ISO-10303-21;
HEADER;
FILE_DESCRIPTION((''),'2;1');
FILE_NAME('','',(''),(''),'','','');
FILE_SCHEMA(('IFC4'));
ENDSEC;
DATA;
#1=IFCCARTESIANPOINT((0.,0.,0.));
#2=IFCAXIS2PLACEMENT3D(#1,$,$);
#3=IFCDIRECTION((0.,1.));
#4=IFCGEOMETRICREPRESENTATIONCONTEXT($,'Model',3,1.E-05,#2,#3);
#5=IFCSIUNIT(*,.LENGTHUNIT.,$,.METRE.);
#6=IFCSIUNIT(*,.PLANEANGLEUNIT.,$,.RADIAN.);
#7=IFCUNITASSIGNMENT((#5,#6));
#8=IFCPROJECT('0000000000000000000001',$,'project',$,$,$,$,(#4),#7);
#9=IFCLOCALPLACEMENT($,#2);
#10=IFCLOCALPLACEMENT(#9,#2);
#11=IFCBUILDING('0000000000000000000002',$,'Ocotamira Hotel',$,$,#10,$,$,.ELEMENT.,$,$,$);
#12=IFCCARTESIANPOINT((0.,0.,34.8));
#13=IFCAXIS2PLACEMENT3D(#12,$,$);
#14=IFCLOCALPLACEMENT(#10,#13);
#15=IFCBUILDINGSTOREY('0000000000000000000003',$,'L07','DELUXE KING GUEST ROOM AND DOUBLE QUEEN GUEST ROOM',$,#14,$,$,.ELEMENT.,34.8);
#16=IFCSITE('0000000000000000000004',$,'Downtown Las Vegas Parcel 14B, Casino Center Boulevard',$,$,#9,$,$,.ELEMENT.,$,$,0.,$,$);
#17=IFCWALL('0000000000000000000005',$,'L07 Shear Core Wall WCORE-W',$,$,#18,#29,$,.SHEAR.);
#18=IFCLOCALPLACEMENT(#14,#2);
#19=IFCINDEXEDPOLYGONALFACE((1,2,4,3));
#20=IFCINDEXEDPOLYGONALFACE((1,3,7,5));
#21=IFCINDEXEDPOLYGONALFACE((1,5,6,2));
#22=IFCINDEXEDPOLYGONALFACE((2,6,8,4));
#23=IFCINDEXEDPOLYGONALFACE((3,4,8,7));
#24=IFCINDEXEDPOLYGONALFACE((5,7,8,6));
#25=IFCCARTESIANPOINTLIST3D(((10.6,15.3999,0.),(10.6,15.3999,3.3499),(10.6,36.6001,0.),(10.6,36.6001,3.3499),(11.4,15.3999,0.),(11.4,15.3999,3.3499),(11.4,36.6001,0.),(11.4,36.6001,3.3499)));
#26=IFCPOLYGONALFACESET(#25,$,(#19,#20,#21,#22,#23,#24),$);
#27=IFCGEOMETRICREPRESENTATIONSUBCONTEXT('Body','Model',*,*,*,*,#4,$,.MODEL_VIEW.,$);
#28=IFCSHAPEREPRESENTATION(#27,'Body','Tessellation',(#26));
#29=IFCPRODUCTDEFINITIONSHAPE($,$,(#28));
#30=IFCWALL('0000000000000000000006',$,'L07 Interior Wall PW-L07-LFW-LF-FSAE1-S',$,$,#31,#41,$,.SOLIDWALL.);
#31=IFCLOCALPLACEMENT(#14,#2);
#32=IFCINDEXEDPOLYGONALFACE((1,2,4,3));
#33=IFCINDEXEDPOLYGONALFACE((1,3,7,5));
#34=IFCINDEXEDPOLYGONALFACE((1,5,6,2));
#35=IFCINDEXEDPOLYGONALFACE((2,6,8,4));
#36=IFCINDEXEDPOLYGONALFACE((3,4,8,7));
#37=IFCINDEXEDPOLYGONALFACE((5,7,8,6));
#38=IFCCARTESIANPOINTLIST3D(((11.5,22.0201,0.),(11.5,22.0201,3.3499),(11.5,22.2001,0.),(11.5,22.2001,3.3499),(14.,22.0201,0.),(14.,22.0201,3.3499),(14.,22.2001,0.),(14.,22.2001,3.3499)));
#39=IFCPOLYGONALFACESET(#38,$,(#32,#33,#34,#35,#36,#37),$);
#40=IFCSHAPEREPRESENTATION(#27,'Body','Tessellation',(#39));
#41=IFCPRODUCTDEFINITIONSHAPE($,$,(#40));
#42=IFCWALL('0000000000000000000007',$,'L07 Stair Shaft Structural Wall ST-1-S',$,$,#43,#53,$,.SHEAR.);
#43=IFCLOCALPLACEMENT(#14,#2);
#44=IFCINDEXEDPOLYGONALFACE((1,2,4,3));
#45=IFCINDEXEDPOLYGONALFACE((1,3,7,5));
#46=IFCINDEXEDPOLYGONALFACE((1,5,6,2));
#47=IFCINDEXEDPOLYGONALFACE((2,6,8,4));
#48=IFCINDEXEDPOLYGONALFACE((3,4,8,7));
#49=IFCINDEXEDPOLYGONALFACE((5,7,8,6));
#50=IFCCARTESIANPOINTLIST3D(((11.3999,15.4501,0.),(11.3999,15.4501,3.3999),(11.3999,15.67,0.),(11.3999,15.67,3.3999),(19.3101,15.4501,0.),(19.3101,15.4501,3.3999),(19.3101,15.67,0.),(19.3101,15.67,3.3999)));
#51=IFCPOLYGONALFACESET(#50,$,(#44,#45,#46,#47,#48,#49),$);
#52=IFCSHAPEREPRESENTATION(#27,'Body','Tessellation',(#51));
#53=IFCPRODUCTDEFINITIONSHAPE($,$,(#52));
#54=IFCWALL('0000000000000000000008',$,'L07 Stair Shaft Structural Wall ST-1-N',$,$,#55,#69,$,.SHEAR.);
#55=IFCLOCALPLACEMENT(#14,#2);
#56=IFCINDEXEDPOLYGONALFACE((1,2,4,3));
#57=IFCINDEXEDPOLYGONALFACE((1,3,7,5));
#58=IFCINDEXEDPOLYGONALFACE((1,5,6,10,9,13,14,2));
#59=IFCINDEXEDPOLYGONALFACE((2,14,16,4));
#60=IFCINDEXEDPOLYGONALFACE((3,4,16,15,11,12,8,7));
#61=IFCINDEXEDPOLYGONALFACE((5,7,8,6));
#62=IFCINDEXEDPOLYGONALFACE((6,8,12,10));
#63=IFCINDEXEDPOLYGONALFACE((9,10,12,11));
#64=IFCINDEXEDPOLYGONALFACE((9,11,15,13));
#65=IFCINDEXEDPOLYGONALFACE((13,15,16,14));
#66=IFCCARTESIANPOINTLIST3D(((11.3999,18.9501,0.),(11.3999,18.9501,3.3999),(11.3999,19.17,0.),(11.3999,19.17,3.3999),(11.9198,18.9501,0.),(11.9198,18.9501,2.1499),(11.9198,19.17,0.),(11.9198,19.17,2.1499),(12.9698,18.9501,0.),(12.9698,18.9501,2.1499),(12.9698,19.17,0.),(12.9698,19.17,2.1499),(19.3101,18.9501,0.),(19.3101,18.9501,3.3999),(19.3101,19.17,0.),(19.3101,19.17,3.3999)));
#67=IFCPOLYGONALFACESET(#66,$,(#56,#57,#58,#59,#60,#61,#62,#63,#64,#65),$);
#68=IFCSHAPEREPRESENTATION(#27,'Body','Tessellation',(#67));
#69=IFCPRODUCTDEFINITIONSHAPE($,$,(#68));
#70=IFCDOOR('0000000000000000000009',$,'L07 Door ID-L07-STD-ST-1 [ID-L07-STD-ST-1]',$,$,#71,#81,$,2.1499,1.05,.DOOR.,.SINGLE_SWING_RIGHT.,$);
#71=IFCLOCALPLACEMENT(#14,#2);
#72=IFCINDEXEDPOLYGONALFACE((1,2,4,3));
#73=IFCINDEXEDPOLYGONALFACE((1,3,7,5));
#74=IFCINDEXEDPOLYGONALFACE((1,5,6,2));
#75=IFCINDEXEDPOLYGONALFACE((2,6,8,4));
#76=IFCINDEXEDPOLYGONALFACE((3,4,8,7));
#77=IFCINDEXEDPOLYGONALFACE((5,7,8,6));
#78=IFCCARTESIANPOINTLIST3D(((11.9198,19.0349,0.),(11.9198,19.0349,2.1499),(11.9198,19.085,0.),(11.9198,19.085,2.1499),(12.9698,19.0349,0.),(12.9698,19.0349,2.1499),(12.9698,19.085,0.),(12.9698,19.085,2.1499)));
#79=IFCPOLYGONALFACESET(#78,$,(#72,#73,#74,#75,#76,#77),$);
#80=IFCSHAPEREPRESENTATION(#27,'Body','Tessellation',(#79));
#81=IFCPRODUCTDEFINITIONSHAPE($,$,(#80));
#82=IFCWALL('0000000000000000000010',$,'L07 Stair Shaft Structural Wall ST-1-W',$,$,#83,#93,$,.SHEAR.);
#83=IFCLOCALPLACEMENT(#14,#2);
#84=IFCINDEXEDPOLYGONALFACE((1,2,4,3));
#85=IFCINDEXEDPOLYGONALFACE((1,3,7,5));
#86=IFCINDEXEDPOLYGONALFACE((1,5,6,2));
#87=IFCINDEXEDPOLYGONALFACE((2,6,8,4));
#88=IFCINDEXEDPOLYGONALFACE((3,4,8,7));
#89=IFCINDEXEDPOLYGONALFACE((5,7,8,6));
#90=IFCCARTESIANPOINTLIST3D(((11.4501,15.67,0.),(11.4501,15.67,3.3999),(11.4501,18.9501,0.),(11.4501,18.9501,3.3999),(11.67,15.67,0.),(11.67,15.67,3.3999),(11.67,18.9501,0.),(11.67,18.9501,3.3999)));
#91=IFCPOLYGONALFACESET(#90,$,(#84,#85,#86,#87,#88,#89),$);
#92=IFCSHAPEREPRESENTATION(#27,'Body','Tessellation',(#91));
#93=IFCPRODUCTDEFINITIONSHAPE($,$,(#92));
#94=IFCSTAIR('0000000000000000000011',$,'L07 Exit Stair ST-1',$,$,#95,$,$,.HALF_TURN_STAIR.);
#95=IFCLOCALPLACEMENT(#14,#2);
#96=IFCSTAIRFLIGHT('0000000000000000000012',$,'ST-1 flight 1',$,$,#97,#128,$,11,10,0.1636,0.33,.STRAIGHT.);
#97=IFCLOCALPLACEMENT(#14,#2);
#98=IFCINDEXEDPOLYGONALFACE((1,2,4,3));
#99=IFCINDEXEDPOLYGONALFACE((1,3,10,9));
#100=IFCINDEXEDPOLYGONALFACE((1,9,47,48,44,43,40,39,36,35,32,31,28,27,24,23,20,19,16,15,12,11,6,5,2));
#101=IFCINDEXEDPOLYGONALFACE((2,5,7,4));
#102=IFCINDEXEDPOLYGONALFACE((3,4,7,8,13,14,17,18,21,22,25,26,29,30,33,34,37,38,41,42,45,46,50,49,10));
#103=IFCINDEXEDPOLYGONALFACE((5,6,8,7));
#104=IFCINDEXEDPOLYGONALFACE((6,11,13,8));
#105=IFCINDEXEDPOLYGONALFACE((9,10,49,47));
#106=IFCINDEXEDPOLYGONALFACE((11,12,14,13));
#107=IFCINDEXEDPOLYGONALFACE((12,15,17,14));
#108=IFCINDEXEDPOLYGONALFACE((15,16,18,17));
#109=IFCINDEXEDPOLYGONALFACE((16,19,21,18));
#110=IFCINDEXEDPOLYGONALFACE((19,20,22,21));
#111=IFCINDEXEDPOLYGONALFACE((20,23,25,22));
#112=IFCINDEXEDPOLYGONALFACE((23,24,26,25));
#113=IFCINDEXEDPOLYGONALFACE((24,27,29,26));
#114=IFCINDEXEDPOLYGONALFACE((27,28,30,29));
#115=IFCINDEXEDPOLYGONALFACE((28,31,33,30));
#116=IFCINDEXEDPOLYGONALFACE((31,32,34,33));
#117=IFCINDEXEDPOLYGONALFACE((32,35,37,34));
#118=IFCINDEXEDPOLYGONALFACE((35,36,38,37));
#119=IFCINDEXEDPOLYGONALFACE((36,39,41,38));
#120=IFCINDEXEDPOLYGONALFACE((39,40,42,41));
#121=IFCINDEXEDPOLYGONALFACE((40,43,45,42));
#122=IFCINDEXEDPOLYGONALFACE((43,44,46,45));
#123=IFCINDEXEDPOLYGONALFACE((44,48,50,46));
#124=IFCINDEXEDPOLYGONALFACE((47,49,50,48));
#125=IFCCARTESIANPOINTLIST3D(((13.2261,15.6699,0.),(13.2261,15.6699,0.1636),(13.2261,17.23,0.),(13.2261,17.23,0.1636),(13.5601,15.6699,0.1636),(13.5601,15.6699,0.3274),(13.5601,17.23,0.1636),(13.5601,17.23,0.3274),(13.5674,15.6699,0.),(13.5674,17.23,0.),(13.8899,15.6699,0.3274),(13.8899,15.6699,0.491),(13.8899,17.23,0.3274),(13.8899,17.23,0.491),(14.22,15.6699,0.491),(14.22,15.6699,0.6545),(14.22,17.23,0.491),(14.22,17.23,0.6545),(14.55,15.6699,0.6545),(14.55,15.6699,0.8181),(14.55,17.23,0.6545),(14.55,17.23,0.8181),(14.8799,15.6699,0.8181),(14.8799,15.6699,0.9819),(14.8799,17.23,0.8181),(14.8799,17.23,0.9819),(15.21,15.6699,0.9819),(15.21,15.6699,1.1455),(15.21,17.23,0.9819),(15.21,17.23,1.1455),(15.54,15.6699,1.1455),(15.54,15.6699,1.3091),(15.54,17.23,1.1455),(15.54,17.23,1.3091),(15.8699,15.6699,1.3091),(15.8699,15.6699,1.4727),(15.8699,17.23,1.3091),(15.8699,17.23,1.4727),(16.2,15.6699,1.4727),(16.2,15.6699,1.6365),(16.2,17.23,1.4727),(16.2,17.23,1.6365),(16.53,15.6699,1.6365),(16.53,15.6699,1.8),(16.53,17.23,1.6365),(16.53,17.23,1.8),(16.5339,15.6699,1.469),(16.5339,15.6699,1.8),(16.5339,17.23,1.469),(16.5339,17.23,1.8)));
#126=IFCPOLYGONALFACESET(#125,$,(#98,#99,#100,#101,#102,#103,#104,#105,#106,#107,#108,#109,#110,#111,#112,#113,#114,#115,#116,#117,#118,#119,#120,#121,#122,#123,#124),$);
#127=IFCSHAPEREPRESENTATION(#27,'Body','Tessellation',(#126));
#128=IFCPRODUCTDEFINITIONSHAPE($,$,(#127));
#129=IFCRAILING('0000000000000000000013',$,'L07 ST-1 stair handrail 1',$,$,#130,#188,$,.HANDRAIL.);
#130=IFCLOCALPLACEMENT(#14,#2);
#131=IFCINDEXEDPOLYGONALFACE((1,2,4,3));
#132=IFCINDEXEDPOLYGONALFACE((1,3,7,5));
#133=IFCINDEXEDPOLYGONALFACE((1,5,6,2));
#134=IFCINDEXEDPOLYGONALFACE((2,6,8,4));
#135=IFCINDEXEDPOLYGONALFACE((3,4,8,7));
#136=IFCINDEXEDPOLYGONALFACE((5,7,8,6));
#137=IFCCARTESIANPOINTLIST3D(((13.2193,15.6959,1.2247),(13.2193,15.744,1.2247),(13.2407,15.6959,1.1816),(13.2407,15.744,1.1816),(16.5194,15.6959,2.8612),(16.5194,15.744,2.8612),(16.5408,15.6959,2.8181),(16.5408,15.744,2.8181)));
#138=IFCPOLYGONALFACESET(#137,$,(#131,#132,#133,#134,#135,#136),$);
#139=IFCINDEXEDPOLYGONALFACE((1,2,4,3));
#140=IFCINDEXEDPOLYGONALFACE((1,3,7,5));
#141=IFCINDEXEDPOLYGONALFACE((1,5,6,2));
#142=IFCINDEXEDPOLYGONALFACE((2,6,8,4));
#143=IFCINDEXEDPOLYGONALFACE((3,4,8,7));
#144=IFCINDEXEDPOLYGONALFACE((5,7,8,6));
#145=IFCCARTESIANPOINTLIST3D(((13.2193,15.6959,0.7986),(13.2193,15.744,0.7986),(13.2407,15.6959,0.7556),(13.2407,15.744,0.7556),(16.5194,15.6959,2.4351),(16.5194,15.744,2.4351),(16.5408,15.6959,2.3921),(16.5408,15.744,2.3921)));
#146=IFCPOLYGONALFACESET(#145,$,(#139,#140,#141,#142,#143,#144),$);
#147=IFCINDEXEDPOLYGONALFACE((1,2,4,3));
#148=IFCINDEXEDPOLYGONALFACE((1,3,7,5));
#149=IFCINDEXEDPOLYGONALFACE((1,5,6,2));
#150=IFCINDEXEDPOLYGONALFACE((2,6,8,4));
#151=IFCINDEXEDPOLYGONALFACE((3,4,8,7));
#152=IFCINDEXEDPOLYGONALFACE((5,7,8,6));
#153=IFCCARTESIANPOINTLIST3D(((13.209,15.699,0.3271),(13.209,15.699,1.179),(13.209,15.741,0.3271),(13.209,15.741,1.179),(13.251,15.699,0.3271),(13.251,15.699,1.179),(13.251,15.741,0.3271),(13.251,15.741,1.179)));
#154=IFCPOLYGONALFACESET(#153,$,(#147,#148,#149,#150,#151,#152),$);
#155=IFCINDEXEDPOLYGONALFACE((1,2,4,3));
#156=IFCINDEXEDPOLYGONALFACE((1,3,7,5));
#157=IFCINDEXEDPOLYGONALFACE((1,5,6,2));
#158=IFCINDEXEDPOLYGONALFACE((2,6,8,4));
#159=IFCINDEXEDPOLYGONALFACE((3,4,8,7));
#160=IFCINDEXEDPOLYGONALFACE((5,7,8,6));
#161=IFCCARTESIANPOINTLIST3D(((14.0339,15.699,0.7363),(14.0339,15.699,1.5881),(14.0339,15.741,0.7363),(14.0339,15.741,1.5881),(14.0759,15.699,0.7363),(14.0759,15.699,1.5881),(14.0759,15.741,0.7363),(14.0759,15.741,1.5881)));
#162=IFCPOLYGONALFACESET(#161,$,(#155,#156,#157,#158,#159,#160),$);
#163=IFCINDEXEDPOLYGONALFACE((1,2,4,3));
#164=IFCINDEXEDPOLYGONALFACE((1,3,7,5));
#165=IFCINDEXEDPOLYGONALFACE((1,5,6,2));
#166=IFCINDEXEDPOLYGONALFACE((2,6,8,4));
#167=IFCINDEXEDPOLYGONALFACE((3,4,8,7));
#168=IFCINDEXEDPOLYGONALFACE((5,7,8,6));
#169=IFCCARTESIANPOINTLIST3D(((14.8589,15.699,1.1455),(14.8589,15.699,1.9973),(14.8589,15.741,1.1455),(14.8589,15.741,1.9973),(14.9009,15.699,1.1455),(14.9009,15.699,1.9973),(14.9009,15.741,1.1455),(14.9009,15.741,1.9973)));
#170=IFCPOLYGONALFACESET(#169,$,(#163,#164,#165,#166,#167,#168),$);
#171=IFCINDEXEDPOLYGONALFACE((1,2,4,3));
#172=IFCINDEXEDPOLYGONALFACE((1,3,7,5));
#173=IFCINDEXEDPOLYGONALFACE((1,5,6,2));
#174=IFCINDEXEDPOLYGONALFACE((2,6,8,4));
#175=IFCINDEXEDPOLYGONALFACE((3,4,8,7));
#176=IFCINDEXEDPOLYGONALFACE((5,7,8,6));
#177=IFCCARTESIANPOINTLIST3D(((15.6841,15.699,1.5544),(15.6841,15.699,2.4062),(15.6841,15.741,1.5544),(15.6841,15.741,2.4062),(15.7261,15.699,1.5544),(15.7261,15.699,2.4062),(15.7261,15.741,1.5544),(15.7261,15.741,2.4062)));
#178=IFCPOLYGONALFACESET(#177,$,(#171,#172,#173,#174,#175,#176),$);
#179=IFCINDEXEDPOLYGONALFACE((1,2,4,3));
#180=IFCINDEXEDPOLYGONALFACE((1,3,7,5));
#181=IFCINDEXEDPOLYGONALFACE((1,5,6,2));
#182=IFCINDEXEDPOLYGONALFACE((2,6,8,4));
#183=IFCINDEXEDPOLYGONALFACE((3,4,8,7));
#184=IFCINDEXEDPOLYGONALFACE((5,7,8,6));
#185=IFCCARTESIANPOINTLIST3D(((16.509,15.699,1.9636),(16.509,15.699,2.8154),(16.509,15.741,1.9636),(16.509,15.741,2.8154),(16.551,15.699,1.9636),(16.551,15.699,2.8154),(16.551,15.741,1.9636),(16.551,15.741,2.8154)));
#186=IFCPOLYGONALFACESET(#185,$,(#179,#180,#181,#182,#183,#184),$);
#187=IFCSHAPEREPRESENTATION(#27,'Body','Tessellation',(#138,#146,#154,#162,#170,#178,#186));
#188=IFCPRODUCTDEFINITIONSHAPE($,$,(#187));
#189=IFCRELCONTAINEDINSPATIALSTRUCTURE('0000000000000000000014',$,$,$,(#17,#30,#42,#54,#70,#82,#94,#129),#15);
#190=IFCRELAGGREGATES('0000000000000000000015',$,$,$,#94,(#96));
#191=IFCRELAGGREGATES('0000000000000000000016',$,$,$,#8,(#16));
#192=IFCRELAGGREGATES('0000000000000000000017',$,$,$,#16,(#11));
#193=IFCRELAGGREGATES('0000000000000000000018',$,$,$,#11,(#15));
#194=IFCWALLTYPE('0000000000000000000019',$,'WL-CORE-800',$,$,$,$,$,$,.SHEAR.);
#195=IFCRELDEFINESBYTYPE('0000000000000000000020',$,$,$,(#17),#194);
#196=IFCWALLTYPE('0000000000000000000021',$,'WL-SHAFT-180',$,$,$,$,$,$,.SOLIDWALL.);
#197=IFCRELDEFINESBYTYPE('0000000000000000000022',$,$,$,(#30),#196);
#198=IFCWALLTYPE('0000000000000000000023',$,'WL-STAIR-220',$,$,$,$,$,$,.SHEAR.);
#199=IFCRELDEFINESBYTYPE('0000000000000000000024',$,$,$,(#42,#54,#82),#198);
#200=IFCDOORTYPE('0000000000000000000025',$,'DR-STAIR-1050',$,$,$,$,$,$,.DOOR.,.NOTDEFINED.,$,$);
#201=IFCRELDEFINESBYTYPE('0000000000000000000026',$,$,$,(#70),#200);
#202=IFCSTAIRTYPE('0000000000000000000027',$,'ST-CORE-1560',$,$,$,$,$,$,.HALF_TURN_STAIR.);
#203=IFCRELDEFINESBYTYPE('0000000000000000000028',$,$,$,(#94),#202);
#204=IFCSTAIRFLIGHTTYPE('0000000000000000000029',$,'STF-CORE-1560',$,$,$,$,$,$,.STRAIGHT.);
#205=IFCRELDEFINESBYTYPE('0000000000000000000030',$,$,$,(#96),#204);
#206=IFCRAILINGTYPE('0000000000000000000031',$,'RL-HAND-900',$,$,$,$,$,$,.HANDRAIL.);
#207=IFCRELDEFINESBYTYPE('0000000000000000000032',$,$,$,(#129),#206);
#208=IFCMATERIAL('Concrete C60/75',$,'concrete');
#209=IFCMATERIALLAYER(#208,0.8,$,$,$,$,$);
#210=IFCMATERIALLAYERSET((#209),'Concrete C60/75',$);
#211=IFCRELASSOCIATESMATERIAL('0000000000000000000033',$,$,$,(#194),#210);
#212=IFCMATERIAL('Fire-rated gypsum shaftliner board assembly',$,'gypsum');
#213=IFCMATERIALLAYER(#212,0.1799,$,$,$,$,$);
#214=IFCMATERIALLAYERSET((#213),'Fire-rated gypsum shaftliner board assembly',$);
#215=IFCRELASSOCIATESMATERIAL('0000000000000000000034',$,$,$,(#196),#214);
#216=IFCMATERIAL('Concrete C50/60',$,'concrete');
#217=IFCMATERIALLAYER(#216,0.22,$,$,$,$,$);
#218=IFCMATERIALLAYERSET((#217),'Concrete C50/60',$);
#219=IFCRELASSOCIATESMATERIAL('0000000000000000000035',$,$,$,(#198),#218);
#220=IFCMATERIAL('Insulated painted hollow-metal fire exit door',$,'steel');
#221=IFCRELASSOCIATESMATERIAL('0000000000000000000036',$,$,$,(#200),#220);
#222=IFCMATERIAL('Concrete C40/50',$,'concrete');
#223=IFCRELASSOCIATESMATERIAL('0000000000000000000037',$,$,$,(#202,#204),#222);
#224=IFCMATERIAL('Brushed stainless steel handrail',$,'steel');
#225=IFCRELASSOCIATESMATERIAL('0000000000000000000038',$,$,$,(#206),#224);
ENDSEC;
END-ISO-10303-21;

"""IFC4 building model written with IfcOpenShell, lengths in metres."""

from ifc_helpers import new_model, si_unit, direction, frame, frame_2d, origin, origin_2d, place, context, subcontext, project, spatial, polyline, rectangle, outline, extrude, source, transform, mapped, material, layer, layer_set, type_object, element, fill, aggregate, save


model = new_model("IFC4")

# Units and contexts
model_context = context("Model", 3, precision=1e-05, world=origin(), true_north=direction((0.0, 1.0)))
body_context = subcontext(model_context, "Body", "Model", "MODEL_VIEW")
ifc_project = project(units=[si_unit("LENGTHUNIT", "METRE"), si_unit("PLANEANGLEUNIT", "RADIAN")], contexts=[model_context])

# Site, building, storey
site_placement = place(None, origin())
site = spatial("IfcSite", under=ifc_project, at=site_placement, Name="Downtown Las Vegas Parcel 14B, Casino Center Boulevard", CompositionType="ELEMENT", RefElevation=0.0)
building_placement = place(site_placement, origin())
building = spatial("IfcBuilding", under=site, at=building_placement, Name="Ocotamira Hotel", CompositionType="ELEMENT")
storey_placement = place(building_placement, frame((0.0, 0.0, 34.8)))
storey = spatial("IfcBuildingStorey", under=building, at=storey_placement, Name="L07", Description="DELUXE KING GUEST ROOM AND DOUBLE QUEEN GUEST ROOM", CompositionType="ELEMENT", Elevation=34.8)

# Shared definitions
ifc_material_1 = material(Name="Concrete C60/75", Category="concrete")

# Shared definitions
ifc_layer_1 = layer(ifc_material_1, 0.8)
ifc_layer_set_1 = layer_set([ifc_layer_1], Name="Concrete C60/75")
wall_type_1 = type_object("IfcWallType", Name="WL-CORE-800", PredefinedType="SHEAR", material=ifc_layer_set_1)

# Walls
wall_1_placement = place(storey_placement, frame((11.0, 15.3999, 0.0), z_axis=(0.0, 0.0, 1.0), x_axis=(0.0, 1.0, 0.0)))
element("IfcWall", 1, at=wall_1_placement, inside=storey, type_object=wall_type_1, Name="L07 Shear Core Wall WCORE-W", PredefinedType="SHEAR", context=body_context, shape_type="SweptSolid", body=[
    extrude(rectangle(XDim=21.2002, YDim=0.8, at=frame_2d((10.6001, 0.0))), origin(), (0.0, 0.0, 1.0), 3.3499),
])
ifc_material_2 = material(Name="Fire-rated gypsum shaftliner board assembly", Category="gypsum")
ifc_layer_2 = layer(ifc_material_2, 0.1799)
ifc_layer_set_2 = layer_set([ifc_layer_2], Name="Fire-rated gypsum shaftliner board assembly")
wall_type_2 = type_object("IfcWallType", Name="WL-SHAFT-180", PredefinedType="SOLIDWALL", material=ifc_layer_set_2)
wall_2_placement = place(storey_placement, frame((11.5, 22.1101, 0.0), z_axis=(0.0, 0.0, 1.0), x_axis=(1.0, 0.0, 0.0)))
element("IfcWall", 2, at=wall_2_placement, inside=storey, type_object=wall_type_2, Name="L07 Interior Wall PW-L07-LFW-LF-FSAE1-S", PredefinedType="SOLIDWALL", context=body_context, shape_type="SweptSolid", body=[
    extrude(rectangle(XDim=2.5, YDim=0.1799, at=frame_2d((1.25, 0.0))), origin(), (0.0, 0.0, 1.0), 3.3499),
])
ifc_material_3 = material(Name="Concrete C50/60", Category="concrete")
ifc_layer_3 = layer(ifc_material_3, 0.22)
ifc_layer_set_3 = layer_set([ifc_layer_3], Name="Concrete C50/60")
wall_type_3 = type_object("IfcWallType", Name="WL-STAIR-220", PredefinedType="SHEAR", material=ifc_layer_set_3)
wall_3_placement = place(storey_placement, frame((11.3999, 15.5601, 0.0), z_axis=(0.0, 0.0, 1.0), x_axis=(1.0, 0.0, 0.0)))
element("IfcWall", 3, at=wall_3_placement, inside=storey, type_object=wall_type_3, Name="L07 Stair Shaft Structural Wall ST-1-S", PredefinedType="SHEAR", context=body_context, shape_type="SweptSolid", body=[
    extrude(rectangle(XDim=7.9102, YDim=0.22, at=frame_2d((3.9551, 0.0))), origin(), (0.0, 0.0, 1.0), 3.3999),
])

# Wall, opening, door
wall_4_placement = place(storey_placement, frame((11.3999, 19.0601, 0.0), z_axis=(0.0, 0.0, 1.0), x_axis=(1.0, 0.0, 0.0)))
wall_4 = element("IfcWall", 4, at=wall_4_placement, inside=storey, type_object=wall_type_3, Name="L07 Stair Shaft Structural Wall ST-1-N", PredefinedType="SHEAR", context=body_context, shape_type="SweptSolid", body=[
    extrude(rectangle(XDim=7.9102, YDim=0.22, at=frame_2d((3.9551, 0.0))), origin(), (0.0, 0.0, 1.0), 3.3999),
])
opening_1_placement = place(wall_4_placement, frame((0.52, 0.0, 0.0)))
opening_1 = element("IfcOpeningElement", 5, at=opening_1_placement, cuts=wall_4, PredefinedType="OPENING", context=body_context, shape_type="SweptSolid", body=[
    extrude(rectangle(XDim=1.05, YDim=2.1499, at=frame_2d((0.5249, 1.075))), frame((0.0, 0.1201, 0.0), z_axis=(0.0, -1.0, 0.0), x_axis=(1.0, 0.0, 0.0)), (0.0, 0.0, 1.0), 0.24),
])
ifc_material_4 = material(Name="Insulated painted hollow-metal fire exit door", Category="steel")
door_type_1 = type_object("IfcDoorType", Name="DR-STAIR-1050", OperationType="NOTDEFINED", PredefinedType="DOOR", material=ifc_material_4)
shared_shape_1 = source(origin(), body_context, "Body", "SweptSolid", [
    extrude(rectangle(XDim=1.05, YDim=2.1499, at=frame_2d((0.5249, 1.075))), frame((0.0, 0.0249, 0.0), z_axis=(0.0, -1.0, 0.0), x_axis=(1.0, 0.0, 0.0)), (0.0, 0.0, 1.0), 0.05),
])
door_1_placement = place(opening_1_placement, origin())
door_1 = element("IfcDoor", 6, at=door_1_placement, inside=storey, type_object=door_type_1, Name="L07 Door ID-L07-STD-ST-1 [ID-L07-STD-ST-1]", OperationType="SINGLE_SWING_RIGHT", OverallHeight=2.1499, OverallWidth=1.05, PredefinedType="DOOR", context=body_context, shape_type="MappedRepresentation", body=[
    mapped(shared_shape_1, transform((0.0, 0.0, 0.0), scale=1.0)),
])
fill(opening_1, door_1)

# Wall
wall_5_placement = place(storey_placement, frame((11.5601, 15.6699, 0.0), z_axis=(0.0, 0.0, 1.0), x_axis=(0.0, 1.0, 0.0)))
element("IfcWall", 7, at=wall_5_placement, inside=storey, type_object=wall_type_3, Name="L07 Stair Shaft Structural Wall ST-1-W", PredefinedType="SHEAR", context=body_context, shape_type="SweptSolid", body=[
    extrude(rectangle(XDim=3.28, YDim=0.22, at=frame_2d((1.6401, 0.0))), origin(), (0.0, 0.0, 1.0), 3.3999),
])

# Stair, stair flight
ifc_material_5 = material(Name="Concrete C40/50", Category="concrete")
stair_type = type_object("IfcStairType", Name="ST-CORE-1560", PredefinedType="HALF_TURN_STAIR", material=ifc_material_5)
stair_placement = place(storey_placement, origin())
stair = element("IfcStair", 8, at=stair_placement, inside=storey, type_object=stair_type, Name="L07 Exit Stair ST-1", PredefinedType="HALF_TURN_STAIR")
stair_flight_type = type_object("IfcStairFlightType", Name="STF-CORE-1560", PredefinedType="STRAIGHT", material=ifc_material_5)
shared_shape_2 = source(origin(), body_context, "Body", "SweptSolid", [
    extrude(outline(polyline([(-0.0039, 0.0), (-0.0039, 0.1636), (0.3301, 0.1636), (0.3301, 0.3274), (0.6599, 0.3274), (0.6599, 0.491), (0.99, 0.491), (0.99, 0.6545), (1.3201, 0.6545), (1.3201, 0.8181), (1.6499, 0.8181), (1.6499, 0.9819), (1.98, 0.9819), (1.98, 1.1455), (2.3101, 1.1455), (2.3101, 1.3091), (2.6399, 1.3091), (2.6399, 1.4727), (2.97, 1.4727), (2.97, 1.6365), (3.3, 1.6365), (3.3, 1.8), (3.304, 1.8), (3.304, 1.469), (0.3374, 0.0), (-0.0039, 0.0)])), frame((0.0, 0.78, 0.0), z_axis=(0.0, -1.0, 0.0), x_axis=(1.0, 0.0, 0.0)), (0.0, 0.0, 1.0), 1.5601),
])
stair_flight_placement = place(storey_placement, frame((13.23, 16.45, 0.0), z_axis=(0.0, 0.0, 1.0), x_axis=(1.0, 0.0, 0.0)))
stair_flight = element("IfcStairFlight", 9, at=stair_flight_placement, type_object=stair_flight_type, Name="ST-1 flight 1", NumberOfRisers=11, NumberOfTreads=10, PredefinedType="STRAIGHT", RiserHeight=0.1636, TreadLength=0.33, context=body_context, shape_type="MappedRepresentation", body=[
    mapped(shared_shape_2, transform((0.0, 0.0, 0.0), scale=1.0)),
])
aggregate(stair, [stair_flight])

# Railing
ifc_material_6 = material(Name="Brushed stainless steel handrail", Category="steel")
railing_type_1 = type_object("IfcRailingType", Name="RL-HAND-900", PredefinedType="HANDRAIL", material=ifc_material_6)
railing_1_placement = place(storey_placement, frame((13.23, 15.72, 0.3271)))
element("IfcRailing", 10, at=railing_1_placement, inside=storey, type_object=railing_type_1, Name="L07 ST-1 stair handrail 1", PredefinedType="HANDRAIL", context=body_context, shape_type="SweptSolid", body=[
    extrude(rectangle(XDim=0.0481, YDim=0.0481, at=origin_2d()), frame((0.0, 0.0, 0.876), z_axis=(0.895894, 0.0, 0.444268), x_axis=(0.0, 1.0, 0.0)), (0.0, 0.0, 1.0), 3.6836),
    extrude(rectangle(XDim=0.0481, YDim=0.0481, at=origin_2d()), frame((0.0, 0.0, 0.45), z_axis=(0.895894, 0.0, 0.444268), x_axis=(0.0, 1.0, 0.0)), (0.0, 0.0, 1.0), 3.6836),
    extrude(rectangle(XDim=0.042, YDim=0.042, at=origin_2d()), origin(), (0.0, 0.0, 1.0), 0.8518),
    extrude(rectangle(XDim=0.042, YDim=0.042, at=origin_2d()), frame((0.825, 0.0, 0.4092)), (0.0, 0.0, 1.0), 0.8518),
    extrude(rectangle(XDim=0.042, YDim=0.042, at=origin_2d()), frame((1.6499, 0.0, 0.8184)), (0.0, 0.0, 1.0), 0.8518),
    extrude(rectangle(XDim=0.042, YDim=0.042, at=origin_2d()), frame((2.4751, 0.0, 1.2273)), (0.0, 0.0, 1.0), 0.8518),
    extrude(rectangle(XDim=0.042, YDim=0.042, at=origin_2d()), frame((3.3, 0.0, 1.6365)), (0.0, 0.0, 1.0), 0.8518),
])

save(model, "model.ifc")
